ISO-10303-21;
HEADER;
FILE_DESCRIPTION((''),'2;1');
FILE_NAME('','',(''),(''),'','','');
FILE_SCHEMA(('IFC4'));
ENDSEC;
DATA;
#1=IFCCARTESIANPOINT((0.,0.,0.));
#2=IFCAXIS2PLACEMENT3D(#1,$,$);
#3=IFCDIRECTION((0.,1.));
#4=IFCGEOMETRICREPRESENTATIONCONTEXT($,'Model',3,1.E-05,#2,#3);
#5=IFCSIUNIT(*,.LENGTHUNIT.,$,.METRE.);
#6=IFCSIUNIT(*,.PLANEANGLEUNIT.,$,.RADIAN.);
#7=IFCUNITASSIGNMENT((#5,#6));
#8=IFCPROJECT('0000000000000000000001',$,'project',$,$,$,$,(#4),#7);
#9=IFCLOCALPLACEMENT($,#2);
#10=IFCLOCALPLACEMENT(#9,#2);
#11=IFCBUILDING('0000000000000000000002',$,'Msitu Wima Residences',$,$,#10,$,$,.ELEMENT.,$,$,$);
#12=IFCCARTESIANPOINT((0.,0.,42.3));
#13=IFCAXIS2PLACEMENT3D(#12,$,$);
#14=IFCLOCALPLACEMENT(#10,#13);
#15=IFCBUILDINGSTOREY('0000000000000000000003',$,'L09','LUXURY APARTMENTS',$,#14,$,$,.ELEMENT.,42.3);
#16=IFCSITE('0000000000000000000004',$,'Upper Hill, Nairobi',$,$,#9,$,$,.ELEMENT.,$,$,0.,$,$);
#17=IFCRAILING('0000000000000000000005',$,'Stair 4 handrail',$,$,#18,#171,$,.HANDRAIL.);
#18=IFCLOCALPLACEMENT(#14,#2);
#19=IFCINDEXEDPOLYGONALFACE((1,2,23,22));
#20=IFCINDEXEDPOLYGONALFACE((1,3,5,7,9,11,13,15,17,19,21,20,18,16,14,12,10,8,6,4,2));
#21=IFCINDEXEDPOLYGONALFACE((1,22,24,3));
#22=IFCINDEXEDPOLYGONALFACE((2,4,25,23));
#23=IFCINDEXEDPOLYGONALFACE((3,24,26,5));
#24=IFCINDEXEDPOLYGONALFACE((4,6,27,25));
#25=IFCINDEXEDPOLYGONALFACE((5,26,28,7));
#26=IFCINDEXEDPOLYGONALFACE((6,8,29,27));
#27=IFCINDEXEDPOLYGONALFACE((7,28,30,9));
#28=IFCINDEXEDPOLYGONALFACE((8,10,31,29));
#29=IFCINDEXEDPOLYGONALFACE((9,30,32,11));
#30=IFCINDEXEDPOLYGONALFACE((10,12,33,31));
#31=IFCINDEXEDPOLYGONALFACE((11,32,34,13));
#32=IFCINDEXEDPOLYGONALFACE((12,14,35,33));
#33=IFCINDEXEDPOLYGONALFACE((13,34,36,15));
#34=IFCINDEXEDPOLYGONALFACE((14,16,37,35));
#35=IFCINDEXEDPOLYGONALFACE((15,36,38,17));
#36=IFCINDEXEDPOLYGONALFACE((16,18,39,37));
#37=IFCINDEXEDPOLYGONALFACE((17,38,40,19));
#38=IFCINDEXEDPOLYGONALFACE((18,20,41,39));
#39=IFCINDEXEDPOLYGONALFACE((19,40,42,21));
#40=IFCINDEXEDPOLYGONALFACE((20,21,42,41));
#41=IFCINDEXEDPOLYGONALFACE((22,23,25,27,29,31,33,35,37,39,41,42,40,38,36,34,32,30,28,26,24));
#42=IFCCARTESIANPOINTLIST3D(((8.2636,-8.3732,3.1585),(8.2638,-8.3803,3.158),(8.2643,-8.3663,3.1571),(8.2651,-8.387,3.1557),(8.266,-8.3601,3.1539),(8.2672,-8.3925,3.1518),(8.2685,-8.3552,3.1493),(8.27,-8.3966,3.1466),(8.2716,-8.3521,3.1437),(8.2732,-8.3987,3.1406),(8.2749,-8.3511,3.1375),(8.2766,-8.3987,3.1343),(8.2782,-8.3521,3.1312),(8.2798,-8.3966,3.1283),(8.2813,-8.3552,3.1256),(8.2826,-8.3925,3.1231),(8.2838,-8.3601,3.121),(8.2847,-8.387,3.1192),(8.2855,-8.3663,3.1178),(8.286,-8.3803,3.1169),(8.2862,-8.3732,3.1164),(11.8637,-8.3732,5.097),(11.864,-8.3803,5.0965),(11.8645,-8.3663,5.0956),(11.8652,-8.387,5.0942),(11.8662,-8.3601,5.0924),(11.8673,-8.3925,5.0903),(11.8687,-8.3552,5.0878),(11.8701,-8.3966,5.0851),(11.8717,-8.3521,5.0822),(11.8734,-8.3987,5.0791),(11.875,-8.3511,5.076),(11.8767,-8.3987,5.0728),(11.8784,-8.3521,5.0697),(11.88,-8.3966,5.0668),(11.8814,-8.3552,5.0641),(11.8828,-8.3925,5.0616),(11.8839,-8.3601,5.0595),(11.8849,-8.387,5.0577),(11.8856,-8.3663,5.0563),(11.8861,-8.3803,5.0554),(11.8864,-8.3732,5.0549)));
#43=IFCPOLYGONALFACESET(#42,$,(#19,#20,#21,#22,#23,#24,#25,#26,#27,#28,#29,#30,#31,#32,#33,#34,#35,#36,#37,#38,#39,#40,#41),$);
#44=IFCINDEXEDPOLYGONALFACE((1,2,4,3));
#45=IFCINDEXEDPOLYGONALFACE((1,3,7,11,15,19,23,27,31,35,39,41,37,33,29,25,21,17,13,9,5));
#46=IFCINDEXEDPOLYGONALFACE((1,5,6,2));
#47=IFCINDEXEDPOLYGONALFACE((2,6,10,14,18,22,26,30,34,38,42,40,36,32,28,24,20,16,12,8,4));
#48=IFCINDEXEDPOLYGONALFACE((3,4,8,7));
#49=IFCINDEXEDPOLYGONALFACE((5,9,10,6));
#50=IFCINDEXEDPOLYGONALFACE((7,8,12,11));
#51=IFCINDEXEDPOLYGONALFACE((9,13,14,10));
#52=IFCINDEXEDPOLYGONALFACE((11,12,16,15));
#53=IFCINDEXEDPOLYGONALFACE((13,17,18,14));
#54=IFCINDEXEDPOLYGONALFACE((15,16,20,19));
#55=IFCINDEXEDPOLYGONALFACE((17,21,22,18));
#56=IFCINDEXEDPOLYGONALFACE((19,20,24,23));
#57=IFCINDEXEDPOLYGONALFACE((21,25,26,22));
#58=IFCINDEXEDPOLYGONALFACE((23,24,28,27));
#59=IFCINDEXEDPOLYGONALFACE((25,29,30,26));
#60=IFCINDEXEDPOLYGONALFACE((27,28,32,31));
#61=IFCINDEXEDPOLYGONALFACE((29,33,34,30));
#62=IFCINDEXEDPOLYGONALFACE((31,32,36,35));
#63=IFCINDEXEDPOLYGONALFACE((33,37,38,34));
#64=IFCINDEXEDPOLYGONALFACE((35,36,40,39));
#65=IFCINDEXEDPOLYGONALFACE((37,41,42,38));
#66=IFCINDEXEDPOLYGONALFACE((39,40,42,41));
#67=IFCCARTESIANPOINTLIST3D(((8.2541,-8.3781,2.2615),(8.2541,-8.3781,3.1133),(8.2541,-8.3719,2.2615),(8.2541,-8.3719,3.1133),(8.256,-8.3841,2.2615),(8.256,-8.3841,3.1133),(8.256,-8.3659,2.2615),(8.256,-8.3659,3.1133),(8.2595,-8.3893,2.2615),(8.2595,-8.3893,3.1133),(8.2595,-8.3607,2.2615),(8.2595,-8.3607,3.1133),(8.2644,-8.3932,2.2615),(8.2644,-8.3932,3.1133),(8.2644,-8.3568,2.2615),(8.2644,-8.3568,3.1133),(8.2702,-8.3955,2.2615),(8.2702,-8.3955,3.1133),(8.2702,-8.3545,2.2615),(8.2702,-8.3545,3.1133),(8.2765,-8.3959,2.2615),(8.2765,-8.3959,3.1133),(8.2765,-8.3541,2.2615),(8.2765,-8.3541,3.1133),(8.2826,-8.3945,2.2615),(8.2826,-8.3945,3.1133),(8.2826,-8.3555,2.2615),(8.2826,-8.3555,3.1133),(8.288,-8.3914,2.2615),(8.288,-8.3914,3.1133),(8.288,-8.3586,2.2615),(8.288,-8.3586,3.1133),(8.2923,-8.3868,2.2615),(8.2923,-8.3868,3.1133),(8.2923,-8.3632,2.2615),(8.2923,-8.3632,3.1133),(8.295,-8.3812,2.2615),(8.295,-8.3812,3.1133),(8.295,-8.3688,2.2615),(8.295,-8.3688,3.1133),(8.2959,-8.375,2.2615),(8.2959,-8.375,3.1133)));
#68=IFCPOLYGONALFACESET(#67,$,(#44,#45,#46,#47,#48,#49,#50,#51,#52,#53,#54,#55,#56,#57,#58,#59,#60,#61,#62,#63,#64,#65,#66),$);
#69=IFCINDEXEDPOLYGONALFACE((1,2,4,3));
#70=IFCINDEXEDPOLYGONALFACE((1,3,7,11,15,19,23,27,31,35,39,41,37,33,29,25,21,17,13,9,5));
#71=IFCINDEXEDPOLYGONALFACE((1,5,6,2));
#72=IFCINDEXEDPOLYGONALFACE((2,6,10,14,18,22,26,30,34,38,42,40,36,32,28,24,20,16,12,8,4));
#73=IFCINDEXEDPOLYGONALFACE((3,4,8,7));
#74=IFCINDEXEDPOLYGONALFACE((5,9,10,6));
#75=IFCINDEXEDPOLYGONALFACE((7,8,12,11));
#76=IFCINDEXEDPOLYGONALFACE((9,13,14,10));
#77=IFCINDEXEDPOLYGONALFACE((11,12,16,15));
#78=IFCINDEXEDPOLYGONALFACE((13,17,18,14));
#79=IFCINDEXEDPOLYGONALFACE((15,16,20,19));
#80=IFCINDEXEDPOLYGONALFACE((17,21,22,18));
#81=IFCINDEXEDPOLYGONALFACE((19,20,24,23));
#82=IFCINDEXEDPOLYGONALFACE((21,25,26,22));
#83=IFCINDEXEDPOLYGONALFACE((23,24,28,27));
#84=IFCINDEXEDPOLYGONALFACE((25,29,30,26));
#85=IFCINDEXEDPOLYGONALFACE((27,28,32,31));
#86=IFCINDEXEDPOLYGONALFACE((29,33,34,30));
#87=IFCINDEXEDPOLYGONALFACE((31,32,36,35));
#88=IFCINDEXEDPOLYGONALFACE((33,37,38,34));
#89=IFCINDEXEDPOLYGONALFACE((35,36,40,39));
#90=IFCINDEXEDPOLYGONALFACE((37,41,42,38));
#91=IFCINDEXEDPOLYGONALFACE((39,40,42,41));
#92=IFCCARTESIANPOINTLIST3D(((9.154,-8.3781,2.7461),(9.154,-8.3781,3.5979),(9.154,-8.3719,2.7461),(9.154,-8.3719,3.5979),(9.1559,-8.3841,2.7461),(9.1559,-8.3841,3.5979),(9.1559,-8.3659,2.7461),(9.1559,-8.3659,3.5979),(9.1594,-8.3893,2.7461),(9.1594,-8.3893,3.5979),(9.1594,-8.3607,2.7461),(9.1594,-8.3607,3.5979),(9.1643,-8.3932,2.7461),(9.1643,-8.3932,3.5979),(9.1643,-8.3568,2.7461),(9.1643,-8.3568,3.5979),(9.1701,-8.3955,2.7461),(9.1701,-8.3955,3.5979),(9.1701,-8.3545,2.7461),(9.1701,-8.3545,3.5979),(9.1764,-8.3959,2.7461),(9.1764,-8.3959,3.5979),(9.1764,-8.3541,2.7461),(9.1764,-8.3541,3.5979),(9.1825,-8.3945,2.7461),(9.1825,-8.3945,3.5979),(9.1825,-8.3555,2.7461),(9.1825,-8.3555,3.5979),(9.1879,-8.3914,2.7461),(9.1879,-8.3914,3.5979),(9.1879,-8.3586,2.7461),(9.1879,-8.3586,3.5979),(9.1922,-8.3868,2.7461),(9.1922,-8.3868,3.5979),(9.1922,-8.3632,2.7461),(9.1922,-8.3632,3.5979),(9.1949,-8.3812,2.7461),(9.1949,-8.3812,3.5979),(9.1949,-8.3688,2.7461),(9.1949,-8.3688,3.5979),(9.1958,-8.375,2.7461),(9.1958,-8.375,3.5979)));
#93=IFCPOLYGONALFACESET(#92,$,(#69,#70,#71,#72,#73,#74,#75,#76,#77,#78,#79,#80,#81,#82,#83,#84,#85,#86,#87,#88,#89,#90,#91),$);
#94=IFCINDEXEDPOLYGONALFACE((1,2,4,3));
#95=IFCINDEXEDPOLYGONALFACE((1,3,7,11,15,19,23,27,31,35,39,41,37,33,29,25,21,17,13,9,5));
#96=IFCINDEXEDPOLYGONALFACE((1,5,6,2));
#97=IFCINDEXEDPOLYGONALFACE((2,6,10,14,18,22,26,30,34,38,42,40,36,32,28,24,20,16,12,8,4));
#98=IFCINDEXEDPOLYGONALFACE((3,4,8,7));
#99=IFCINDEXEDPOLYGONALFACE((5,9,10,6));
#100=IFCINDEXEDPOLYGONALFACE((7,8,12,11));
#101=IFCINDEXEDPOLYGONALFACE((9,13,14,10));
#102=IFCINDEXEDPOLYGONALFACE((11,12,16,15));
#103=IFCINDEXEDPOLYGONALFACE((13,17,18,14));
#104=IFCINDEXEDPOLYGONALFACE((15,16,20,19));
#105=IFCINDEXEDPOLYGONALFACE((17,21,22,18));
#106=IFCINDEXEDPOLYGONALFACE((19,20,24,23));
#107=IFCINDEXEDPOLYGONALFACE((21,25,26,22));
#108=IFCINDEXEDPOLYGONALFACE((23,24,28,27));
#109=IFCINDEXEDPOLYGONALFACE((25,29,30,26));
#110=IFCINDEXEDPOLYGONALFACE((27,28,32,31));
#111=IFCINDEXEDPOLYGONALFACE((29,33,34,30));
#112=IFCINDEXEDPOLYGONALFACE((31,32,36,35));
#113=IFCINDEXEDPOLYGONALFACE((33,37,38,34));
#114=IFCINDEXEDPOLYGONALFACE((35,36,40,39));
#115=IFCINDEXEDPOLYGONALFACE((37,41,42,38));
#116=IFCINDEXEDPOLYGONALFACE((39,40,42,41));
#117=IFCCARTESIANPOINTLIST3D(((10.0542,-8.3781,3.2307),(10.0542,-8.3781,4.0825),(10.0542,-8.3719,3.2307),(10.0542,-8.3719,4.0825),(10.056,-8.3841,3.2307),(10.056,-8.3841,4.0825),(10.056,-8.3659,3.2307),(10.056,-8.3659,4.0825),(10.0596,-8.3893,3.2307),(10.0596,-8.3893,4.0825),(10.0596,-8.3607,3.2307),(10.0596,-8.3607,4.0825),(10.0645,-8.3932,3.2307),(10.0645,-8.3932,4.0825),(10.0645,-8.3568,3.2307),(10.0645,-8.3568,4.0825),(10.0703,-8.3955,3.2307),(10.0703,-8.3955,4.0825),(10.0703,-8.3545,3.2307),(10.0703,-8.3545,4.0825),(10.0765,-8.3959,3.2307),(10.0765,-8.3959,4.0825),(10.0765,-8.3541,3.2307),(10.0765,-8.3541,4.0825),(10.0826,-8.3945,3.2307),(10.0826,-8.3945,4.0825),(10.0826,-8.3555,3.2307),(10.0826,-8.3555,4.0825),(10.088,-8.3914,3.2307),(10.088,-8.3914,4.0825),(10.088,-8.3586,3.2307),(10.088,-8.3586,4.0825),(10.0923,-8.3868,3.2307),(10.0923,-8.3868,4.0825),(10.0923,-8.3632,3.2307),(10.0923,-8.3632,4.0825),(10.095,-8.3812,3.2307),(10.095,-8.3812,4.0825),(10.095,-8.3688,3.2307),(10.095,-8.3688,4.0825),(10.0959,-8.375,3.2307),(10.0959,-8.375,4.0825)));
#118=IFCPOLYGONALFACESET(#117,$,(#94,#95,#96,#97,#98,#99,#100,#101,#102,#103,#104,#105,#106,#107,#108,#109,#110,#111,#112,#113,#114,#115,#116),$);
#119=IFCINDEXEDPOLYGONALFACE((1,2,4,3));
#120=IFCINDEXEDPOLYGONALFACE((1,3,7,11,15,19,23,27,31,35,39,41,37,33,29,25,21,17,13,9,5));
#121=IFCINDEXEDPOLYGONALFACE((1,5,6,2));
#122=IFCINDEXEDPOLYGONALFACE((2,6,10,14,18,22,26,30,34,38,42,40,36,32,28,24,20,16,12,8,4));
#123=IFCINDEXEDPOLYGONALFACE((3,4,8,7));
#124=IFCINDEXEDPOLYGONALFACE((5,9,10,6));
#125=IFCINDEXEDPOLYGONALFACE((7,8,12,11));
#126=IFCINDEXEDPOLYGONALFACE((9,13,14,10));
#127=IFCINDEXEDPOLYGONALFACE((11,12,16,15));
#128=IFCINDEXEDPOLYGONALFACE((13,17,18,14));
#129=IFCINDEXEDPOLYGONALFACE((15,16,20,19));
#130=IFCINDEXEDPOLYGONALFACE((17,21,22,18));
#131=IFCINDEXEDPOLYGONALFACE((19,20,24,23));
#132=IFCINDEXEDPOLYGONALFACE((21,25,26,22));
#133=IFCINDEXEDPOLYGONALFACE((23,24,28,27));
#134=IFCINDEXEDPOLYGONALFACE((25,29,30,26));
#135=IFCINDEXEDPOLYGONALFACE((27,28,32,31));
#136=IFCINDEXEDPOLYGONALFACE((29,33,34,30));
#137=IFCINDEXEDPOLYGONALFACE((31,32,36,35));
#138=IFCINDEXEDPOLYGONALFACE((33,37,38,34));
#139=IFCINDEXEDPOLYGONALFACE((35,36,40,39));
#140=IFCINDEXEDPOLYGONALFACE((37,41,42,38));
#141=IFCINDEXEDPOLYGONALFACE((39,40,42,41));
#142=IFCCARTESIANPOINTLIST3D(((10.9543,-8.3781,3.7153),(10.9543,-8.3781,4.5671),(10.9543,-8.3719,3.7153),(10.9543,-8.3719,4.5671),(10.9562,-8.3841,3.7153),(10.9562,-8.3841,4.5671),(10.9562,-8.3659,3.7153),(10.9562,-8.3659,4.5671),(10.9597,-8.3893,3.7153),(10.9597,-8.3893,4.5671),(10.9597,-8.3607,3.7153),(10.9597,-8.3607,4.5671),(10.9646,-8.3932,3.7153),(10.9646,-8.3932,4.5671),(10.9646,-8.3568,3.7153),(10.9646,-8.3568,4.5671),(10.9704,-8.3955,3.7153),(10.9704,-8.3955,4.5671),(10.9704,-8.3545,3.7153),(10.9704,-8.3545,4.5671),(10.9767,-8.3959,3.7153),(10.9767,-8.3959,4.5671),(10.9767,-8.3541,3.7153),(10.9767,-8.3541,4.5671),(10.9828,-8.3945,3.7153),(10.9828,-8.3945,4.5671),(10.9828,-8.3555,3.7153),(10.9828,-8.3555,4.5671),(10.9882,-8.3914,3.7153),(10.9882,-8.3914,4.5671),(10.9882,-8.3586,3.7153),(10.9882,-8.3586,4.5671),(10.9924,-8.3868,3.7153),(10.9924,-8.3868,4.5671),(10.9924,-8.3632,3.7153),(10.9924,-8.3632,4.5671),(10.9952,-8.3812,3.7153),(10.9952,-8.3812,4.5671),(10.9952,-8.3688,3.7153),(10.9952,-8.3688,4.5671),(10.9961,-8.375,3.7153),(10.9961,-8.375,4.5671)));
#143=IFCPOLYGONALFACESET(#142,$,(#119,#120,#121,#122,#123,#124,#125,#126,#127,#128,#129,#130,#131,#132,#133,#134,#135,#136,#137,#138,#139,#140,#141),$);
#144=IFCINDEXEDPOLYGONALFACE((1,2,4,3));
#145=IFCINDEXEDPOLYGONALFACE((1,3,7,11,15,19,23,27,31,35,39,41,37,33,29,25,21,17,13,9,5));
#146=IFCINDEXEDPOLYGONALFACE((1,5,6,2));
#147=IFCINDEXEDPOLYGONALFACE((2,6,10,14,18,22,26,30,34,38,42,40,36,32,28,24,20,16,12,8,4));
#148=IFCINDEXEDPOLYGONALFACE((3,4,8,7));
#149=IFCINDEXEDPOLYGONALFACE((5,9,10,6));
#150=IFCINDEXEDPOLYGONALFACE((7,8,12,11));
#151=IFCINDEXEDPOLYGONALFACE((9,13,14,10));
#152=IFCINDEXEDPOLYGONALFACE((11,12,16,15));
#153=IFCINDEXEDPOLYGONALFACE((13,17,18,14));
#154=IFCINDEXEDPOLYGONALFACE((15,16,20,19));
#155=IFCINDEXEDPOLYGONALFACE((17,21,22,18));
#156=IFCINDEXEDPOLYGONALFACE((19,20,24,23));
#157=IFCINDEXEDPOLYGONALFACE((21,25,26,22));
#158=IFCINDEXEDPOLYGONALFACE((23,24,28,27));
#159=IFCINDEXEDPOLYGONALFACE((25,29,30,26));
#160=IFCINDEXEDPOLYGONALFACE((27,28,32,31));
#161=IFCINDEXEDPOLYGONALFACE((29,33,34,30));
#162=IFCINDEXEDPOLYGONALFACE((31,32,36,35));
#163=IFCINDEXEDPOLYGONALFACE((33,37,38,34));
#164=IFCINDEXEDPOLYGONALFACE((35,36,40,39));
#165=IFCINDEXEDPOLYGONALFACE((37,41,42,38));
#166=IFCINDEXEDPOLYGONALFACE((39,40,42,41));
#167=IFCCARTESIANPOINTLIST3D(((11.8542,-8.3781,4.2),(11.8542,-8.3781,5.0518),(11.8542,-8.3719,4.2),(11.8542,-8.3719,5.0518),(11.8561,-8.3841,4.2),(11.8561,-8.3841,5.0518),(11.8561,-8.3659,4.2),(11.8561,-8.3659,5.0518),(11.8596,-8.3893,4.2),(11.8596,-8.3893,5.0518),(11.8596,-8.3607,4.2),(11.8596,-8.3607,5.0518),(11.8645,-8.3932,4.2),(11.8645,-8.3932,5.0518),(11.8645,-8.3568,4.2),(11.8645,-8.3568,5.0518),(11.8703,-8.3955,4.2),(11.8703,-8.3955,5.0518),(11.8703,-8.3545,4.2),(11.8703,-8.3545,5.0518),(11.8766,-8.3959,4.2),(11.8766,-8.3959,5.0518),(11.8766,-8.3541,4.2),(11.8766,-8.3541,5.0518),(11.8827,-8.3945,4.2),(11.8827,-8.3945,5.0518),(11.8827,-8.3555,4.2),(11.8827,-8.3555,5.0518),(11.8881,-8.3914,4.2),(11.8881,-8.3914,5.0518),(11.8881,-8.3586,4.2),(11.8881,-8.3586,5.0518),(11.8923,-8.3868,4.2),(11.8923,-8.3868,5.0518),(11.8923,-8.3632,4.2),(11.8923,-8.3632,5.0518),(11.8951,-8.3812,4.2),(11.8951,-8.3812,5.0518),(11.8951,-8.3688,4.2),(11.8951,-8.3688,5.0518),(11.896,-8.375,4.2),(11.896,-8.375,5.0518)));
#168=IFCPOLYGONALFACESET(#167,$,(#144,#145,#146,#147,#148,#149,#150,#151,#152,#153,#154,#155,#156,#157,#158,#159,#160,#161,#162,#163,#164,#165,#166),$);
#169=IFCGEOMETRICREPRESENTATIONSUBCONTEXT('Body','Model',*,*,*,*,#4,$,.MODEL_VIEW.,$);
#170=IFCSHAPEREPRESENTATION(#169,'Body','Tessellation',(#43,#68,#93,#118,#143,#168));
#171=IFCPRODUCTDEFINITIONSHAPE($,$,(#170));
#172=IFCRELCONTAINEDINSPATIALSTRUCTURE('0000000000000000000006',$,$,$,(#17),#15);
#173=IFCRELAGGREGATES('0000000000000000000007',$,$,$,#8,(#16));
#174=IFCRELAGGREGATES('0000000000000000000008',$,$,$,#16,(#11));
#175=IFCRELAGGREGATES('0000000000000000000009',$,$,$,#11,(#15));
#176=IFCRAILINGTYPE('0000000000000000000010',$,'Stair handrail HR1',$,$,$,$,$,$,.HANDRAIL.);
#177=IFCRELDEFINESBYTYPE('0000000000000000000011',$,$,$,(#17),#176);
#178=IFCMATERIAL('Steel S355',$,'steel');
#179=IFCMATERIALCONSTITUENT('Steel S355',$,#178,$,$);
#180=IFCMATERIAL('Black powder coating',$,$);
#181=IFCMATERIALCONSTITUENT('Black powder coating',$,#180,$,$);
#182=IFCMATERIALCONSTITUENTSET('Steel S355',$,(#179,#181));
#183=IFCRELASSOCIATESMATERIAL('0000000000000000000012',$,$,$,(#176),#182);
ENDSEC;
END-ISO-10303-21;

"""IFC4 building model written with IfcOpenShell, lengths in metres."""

from ifc_helpers import new_model, si_unit, direction, frame, origin, origin_2d, place, context, subcontext, project, spatial, circle, extrude, material, constituent, constituent_set, type_object, element, save


model = new_model("IFC4")

# Units and contexts
model_context = context("Model", 3, precision=1e-05, world=origin(), true_north=direction((0.0, 1.0)))
body_context = subcontext(model_context, "Body", "Model", "MODEL_VIEW")
ifc_project = project(units=[si_unit("LENGTHUNIT", "METRE"), si_unit("PLANEANGLEUNIT", "RADIAN")], contexts=[model_context])

# Site, building, storey
site_placement = place(None, origin())
site = spatial("IfcSite", under=ifc_project, at=site_placement, Name="Upper Hill, Nairobi", CompositionType="ELEMENT", RefElevation=0.0)
building_placement = place(site_placement, origin())
building = spatial("IfcBuilding", under=site, at=building_placement, Name="Msitu Wima Residences", CompositionType="ELEMENT")
storey_placement = place(building_placement, frame((0.0, 0.0, 42.3)))
storey = spatial("IfcBuildingStorey", under=building, at=storey_placement, Name="L09", Description="LUXURY APARTMENTS", CompositionType="ELEMENT", Elevation=42.3)

# Railing
ifc_material_1 = material(Name="Steel S355", Category="steel")
ifc_constituent_1 = constituent(ifc_material_1, Name="Steel S355")
ifc_material_2 = material(Name="Black powder coating")
ifc_constituent_2 = constituent(ifc_material_2, Name="Black powder coating")
ifc_constituent_set = constituent_set(constituents=[ifc_constituent_1, ifc_constituent_2], Name="Steel S355")
railing_type = type_object("IfcRailingType", Name="Stair handrail HR1", PredefinedType="HANDRAIL", material=ifc_constituent_set)
for number, where, name in (
    (1, (8.2749, -8.375, 2.2615), "Stair 4 handrail"),
):
    element("IfcRailing", number, at=place(storey_placement, frame(where)), inside=storey, type_object=railing_type, Name=name, PredefinedType="HANDRAIL", context=body_context, shape_type="SweptSolid", body=[
        extrude(circle(Radius=0.0239, at=origin_2d()), frame((0.0, 0.0, 0.876), z_axis=(0.880475, 0.0, 0.474093), x_axis=(0.0, 1.0, 0.0)), (0.0, 0.0, 1.0), 4.0889),
        extrude(circle(Radius=0.021, at=origin_2d()), origin(), (0.0, 0.0, 1.0), 0.8518),
        extrude(circle(Radius=0.021, at=origin_2d()), frame((0.8999, 0.0, 0.4846)), (0.0, 0.0, 1.0), 0.8518),
        extrude(circle(Radius=0.021, at=origin_2d()), frame((1.8, 0.0, 0.9692)), (0.0, 0.0, 1.0), 0.8518),
        extrude(circle(Radius=0.021, at=origin_2d()), frame((2.7002, 0.0, 1.4539)), (0.0, 0.0, 1.0), 0.8518),
        extrude(circle(Radius=0.021, at=origin_2d()), frame((3.6001, 0.0, 1.9385)), (0.0, 0.0, 1.0), 0.8518),
    ])

save(model, "model.ifc")
